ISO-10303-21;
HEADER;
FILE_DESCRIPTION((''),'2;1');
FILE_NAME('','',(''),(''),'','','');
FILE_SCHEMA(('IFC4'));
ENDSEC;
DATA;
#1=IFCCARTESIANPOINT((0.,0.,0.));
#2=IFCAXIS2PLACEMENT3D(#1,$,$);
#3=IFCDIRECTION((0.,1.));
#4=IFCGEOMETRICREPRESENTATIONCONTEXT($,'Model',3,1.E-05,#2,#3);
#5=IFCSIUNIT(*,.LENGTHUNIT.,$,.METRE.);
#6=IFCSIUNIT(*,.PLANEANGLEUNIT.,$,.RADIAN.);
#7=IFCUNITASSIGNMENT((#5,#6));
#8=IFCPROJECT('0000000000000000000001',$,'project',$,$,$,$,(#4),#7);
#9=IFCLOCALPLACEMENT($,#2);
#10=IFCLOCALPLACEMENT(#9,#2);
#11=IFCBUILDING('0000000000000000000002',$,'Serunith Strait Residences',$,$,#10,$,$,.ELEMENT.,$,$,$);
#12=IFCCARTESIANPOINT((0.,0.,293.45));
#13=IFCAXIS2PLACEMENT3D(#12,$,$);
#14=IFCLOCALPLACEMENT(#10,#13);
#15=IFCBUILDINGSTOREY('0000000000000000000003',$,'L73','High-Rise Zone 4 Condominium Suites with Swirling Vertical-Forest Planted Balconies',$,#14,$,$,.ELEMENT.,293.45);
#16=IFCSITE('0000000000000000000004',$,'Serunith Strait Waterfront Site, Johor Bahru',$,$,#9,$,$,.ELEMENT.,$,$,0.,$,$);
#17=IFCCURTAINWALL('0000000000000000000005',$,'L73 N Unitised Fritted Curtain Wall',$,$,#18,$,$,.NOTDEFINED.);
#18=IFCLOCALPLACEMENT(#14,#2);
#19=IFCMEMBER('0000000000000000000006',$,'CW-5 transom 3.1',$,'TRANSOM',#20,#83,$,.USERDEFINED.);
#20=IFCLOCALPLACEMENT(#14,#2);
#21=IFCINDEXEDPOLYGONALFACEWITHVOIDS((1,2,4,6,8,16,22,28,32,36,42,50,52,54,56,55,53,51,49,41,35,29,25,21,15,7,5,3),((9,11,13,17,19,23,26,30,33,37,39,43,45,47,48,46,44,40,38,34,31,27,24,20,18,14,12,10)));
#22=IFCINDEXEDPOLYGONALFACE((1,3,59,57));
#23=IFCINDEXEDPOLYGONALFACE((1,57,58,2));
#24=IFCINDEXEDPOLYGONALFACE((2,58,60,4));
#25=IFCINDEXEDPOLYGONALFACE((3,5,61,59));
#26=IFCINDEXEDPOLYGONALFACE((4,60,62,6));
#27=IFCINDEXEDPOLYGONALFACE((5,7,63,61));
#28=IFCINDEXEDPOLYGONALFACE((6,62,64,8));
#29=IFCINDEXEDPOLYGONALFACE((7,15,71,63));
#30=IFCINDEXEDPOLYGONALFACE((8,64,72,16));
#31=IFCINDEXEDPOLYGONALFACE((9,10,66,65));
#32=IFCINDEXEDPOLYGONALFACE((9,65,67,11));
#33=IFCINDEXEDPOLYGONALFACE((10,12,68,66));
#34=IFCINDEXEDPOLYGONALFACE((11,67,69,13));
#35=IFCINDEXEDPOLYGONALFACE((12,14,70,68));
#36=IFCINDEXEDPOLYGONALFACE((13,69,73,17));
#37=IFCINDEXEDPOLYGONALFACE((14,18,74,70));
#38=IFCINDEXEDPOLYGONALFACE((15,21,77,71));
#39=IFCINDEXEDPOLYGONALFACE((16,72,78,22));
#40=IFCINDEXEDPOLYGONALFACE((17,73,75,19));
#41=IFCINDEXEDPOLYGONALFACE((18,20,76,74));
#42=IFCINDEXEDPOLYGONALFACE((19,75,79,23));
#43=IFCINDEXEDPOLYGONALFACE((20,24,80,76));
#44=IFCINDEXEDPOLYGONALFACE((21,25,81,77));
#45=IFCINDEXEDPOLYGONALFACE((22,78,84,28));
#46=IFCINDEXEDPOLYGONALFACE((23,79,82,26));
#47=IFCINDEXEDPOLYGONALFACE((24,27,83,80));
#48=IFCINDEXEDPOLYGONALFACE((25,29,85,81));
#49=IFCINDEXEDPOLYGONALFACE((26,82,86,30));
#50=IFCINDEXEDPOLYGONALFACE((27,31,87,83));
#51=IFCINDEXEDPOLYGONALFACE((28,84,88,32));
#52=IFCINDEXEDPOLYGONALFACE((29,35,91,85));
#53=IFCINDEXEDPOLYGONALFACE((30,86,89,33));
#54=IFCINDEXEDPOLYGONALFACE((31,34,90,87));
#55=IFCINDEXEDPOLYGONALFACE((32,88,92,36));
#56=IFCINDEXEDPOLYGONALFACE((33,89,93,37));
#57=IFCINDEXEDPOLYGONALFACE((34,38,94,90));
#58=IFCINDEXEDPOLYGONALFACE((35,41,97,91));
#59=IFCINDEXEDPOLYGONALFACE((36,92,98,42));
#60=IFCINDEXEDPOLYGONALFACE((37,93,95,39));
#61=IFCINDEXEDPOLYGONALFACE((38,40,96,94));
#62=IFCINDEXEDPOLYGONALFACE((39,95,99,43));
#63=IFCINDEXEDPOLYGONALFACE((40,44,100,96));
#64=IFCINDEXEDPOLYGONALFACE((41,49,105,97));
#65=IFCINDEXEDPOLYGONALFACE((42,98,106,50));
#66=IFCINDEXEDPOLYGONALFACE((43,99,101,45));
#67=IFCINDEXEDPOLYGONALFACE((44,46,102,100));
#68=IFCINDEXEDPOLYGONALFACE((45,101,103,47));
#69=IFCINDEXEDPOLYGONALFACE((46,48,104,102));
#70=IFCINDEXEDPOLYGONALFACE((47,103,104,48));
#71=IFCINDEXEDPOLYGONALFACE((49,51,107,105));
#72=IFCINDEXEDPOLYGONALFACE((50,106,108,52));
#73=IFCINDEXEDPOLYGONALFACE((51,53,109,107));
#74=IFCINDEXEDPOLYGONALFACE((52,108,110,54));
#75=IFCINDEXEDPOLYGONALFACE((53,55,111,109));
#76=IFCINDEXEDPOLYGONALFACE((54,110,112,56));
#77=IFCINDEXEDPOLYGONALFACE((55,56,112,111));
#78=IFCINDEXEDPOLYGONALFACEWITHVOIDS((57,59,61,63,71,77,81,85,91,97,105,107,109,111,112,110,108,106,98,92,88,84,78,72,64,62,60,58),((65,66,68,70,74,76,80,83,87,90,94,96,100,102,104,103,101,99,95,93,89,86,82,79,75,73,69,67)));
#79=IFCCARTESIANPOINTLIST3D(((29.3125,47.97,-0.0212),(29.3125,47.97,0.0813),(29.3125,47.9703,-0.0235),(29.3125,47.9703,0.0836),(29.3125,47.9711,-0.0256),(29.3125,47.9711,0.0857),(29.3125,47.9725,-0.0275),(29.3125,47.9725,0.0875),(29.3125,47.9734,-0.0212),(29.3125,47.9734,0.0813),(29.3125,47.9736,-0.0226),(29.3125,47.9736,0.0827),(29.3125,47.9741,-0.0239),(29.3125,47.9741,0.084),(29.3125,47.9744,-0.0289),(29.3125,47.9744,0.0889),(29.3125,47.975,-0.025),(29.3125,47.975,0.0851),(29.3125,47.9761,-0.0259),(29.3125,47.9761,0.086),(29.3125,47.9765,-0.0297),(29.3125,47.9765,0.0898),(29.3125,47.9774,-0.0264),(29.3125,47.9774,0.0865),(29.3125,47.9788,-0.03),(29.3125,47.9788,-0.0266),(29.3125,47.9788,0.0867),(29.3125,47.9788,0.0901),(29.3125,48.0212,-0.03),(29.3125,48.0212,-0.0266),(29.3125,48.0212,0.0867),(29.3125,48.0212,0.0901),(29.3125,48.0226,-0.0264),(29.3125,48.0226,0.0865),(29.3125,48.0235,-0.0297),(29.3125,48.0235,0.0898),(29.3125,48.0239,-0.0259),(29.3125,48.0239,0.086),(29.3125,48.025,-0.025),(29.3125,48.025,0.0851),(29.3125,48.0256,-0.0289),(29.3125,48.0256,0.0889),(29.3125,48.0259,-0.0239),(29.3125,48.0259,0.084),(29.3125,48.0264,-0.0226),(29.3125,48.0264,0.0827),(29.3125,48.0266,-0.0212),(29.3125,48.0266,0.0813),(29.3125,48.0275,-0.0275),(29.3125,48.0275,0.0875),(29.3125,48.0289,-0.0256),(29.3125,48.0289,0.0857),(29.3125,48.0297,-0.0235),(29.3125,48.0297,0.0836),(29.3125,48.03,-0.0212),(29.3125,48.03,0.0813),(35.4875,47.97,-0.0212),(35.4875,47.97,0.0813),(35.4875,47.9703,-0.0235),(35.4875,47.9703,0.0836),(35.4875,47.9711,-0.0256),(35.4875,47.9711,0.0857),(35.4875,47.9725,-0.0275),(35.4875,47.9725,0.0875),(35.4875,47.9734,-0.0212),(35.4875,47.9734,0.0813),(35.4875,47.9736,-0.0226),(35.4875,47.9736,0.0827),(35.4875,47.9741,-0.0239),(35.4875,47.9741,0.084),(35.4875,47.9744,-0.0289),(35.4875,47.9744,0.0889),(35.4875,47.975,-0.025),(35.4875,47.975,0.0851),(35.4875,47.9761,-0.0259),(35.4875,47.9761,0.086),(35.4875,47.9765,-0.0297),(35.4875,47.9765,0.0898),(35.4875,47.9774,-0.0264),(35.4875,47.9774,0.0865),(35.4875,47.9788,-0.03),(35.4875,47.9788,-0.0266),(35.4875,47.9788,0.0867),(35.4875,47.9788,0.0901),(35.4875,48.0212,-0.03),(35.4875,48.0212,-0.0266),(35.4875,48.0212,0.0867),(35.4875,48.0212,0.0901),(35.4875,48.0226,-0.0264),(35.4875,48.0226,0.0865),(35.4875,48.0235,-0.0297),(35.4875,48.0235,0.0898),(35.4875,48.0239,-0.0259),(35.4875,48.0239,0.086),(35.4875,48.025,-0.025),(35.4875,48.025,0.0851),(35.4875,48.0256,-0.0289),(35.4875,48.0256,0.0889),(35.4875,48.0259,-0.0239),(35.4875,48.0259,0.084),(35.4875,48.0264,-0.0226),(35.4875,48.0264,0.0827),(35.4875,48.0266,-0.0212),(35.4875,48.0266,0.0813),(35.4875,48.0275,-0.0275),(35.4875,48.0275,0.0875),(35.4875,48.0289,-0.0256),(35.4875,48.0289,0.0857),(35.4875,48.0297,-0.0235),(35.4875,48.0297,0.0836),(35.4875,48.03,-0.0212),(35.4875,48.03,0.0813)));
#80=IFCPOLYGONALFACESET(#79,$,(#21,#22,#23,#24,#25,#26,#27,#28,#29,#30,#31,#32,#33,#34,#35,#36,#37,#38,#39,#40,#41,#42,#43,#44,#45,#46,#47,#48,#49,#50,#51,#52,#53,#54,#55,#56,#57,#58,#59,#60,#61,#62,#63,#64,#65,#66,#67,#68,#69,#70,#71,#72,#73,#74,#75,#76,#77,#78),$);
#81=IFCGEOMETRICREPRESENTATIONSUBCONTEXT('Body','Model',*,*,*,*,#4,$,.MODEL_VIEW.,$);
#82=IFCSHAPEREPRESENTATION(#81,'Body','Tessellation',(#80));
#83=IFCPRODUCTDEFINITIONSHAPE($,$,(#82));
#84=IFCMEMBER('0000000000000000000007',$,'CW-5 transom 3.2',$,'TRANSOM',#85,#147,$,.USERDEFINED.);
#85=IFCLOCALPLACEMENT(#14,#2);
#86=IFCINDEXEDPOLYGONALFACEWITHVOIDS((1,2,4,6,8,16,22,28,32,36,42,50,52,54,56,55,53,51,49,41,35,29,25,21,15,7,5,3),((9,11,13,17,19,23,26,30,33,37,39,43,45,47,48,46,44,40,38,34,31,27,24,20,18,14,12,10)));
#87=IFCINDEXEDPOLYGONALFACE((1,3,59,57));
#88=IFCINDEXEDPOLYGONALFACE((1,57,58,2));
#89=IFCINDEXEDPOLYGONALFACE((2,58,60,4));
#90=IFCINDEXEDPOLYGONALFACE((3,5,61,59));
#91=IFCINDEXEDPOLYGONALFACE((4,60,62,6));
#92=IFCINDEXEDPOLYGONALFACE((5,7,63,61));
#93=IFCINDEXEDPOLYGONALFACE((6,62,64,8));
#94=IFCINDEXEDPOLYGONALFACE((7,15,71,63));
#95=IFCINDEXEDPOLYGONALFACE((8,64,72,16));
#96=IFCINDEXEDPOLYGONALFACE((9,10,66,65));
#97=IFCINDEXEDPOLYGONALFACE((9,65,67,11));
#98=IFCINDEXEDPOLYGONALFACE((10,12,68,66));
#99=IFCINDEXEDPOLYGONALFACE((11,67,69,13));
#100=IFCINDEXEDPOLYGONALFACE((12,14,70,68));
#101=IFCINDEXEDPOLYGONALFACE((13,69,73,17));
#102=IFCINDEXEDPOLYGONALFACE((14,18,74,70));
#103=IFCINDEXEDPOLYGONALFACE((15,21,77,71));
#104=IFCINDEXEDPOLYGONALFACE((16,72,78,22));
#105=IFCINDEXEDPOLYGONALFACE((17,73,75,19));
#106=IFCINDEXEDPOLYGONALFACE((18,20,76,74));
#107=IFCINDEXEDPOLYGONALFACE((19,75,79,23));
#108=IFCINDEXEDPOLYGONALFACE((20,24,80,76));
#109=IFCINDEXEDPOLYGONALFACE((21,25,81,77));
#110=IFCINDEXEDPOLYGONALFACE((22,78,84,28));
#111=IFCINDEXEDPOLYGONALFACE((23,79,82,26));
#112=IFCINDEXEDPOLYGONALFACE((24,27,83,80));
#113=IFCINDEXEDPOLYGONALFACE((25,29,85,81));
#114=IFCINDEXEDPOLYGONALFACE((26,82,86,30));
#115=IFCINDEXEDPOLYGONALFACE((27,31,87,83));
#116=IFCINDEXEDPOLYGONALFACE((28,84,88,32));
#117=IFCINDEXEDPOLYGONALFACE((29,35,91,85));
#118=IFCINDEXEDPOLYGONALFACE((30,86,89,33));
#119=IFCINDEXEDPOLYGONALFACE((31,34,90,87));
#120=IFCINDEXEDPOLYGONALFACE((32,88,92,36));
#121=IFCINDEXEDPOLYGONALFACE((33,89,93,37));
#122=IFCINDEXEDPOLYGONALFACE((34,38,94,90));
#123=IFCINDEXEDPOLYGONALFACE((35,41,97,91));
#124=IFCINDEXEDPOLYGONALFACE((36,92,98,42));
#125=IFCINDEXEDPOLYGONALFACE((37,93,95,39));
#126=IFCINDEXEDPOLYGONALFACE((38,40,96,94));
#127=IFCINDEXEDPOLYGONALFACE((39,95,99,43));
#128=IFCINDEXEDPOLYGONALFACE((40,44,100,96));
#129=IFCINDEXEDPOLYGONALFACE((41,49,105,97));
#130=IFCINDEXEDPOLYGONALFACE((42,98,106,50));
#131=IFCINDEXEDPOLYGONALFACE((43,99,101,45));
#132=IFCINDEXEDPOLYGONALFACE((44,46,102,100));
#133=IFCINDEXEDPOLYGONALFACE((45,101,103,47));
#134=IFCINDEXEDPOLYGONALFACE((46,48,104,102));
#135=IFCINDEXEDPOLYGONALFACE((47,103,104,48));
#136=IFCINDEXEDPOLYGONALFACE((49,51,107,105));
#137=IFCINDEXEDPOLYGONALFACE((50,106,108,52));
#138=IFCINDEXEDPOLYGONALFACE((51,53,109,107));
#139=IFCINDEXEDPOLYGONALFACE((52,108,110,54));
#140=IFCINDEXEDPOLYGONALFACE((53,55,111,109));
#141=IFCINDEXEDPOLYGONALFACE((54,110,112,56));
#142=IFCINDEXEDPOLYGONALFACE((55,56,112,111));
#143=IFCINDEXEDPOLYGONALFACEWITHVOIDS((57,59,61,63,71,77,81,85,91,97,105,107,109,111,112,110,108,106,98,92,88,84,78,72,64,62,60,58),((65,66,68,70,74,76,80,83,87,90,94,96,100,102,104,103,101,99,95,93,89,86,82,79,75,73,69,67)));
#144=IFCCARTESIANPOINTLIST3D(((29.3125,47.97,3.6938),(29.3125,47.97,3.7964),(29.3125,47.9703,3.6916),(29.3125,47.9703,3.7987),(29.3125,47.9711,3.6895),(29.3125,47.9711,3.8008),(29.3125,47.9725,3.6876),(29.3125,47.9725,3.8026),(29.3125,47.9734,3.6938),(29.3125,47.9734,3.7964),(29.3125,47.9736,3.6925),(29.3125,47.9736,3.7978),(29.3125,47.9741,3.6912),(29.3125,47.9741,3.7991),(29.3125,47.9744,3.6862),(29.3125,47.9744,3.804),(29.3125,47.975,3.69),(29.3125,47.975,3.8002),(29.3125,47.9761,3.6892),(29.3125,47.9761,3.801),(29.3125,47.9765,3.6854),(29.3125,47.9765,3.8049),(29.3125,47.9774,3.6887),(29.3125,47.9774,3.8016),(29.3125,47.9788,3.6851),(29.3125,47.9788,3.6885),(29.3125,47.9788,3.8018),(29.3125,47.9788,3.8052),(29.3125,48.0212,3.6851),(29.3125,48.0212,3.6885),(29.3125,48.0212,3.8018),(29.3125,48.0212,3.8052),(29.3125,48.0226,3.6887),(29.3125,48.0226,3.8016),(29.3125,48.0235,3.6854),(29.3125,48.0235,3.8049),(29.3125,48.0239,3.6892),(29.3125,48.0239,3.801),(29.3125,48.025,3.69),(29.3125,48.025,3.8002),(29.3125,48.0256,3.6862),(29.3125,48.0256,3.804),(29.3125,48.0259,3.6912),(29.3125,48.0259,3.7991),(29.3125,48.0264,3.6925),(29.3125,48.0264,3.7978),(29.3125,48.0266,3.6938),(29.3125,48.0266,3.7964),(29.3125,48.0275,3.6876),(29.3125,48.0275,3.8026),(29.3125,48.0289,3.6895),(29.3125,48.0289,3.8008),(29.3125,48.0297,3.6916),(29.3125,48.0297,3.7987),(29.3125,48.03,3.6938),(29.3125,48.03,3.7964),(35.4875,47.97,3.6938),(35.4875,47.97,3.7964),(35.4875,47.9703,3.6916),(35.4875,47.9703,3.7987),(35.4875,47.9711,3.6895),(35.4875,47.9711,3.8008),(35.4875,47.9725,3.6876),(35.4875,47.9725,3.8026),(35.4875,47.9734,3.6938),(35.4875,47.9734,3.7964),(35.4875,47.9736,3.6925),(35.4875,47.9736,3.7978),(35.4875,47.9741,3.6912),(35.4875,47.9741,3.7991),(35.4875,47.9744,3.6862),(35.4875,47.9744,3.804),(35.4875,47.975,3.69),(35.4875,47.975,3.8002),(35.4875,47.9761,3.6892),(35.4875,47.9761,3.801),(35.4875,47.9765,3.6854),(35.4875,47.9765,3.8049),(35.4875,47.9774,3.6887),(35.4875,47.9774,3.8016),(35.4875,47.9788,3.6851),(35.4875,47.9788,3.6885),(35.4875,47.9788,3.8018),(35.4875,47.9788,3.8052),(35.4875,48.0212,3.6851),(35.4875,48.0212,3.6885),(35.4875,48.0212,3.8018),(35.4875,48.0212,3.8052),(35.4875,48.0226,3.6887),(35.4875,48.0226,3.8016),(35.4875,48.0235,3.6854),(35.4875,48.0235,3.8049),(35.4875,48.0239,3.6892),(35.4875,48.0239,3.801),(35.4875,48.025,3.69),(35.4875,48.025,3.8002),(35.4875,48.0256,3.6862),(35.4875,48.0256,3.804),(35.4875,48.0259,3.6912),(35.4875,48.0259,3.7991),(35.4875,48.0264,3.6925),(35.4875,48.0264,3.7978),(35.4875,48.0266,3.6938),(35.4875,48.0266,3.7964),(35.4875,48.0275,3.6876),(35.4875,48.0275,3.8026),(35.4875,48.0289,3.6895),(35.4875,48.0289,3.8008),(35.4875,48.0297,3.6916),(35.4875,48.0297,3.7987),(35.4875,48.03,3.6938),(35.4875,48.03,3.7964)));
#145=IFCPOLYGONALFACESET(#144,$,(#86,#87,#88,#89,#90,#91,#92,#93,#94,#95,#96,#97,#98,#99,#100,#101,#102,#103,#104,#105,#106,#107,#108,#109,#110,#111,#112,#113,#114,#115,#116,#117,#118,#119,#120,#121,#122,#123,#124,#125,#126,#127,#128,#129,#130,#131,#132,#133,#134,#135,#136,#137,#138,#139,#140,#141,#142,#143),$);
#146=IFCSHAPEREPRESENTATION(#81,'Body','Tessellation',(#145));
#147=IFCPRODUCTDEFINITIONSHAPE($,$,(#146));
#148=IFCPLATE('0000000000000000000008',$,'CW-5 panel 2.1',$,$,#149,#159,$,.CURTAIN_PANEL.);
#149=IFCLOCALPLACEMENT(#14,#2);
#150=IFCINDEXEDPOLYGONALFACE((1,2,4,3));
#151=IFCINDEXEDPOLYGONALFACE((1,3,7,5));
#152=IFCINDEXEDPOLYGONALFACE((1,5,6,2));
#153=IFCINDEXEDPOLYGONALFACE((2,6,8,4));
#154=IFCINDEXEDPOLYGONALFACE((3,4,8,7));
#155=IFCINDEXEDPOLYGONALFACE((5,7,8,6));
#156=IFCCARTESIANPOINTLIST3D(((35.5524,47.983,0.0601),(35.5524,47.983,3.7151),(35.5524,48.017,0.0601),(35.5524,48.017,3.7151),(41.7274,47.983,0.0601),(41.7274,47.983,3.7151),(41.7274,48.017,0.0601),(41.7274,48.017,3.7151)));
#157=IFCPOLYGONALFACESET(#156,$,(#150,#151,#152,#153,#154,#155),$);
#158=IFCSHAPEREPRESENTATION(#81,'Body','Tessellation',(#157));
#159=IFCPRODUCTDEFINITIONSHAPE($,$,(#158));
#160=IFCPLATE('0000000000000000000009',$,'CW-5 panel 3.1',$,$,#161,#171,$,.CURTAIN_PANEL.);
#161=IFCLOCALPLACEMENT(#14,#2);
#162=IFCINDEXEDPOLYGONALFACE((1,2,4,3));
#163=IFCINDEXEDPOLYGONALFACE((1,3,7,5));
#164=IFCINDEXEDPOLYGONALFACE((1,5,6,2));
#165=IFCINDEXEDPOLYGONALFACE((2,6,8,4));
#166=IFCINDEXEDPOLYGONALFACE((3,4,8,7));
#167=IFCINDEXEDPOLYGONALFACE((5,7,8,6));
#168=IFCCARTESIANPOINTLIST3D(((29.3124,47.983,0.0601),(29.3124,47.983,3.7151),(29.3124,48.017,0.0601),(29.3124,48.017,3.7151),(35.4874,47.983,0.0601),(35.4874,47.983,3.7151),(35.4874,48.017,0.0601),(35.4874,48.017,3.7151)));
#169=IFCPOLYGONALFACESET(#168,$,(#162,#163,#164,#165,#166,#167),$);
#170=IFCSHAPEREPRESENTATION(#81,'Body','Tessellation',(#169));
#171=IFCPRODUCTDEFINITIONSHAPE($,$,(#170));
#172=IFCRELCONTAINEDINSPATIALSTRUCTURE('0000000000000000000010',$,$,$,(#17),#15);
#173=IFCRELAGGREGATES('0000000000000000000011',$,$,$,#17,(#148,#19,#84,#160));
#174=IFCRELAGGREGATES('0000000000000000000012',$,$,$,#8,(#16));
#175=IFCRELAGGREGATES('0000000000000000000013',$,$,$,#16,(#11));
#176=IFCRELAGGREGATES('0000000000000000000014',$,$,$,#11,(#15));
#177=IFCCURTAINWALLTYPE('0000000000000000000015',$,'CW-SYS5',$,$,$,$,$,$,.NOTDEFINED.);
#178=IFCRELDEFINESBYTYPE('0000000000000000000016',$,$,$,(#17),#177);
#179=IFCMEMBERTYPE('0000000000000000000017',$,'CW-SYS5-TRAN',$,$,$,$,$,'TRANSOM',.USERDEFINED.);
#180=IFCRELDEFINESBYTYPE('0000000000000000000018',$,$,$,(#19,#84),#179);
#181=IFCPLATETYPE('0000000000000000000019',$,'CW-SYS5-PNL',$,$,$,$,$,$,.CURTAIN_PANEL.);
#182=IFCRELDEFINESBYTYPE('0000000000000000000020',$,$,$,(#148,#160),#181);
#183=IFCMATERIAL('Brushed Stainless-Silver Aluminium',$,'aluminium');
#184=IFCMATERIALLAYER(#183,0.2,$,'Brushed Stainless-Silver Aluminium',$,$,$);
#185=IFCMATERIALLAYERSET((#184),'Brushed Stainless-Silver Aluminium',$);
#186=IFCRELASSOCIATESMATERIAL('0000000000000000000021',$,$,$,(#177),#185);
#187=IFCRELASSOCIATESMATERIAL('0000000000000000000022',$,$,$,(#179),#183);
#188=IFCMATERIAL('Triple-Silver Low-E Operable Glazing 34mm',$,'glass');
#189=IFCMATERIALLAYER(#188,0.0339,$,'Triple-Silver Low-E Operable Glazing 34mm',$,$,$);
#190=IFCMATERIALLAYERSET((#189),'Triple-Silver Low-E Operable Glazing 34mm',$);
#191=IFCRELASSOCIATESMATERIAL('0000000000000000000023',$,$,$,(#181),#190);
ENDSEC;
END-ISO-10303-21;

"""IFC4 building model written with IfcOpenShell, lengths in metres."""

from ifc_helpers import new_model, si_unit, direction, frame, origin, origin_2d, place, context, subcontext, project, spatial, rectangle, hollow_rectangle, extrude, source, transform, mapped, material, layer, layer_set, material_profile, profile_set, type_object, element, aggregate, save


model = new_model("IFC4")

# Units and contexts
model_context = context("Model", 3, precision=1e-05, world=origin(), true_north=direction((0.0, 1.0)))
body_context = subcontext(model_context, "Body", "Model", "MODEL_VIEW")
ifc_project = project(units=[si_unit("LENGTHUNIT", "METRE"), si_unit("PLANEANGLEUNIT", "RADIAN")], contexts=[model_context])

# Site, building, storey
site_placement = place(None, origin())
site = spatial("IfcSite", under=ifc_project, at=site_placement, Name="Serunith Strait Waterfront Site, Johor Bahru", CompositionType="ELEMENT", RefElevation=0.0)
building_placement = place(site_placement, origin())
building = spatial("IfcBuilding", under=site, at=building_placement, Name="Serunith Strait Residences", CompositionType="ELEMENT")
storey_placement = place(building_placement, frame((0.0, 0.0, 293.45)))
storey = spatial("IfcBuildingStorey", under=building, at=storey_placement, Name="L73", Description="High-Rise Zone 4 Condominium Suites with Swirling Vertical-Forest Planted Balconies", CompositionType="ELEMENT", Elevation=293.45)

# Curtain wall, members, plates
ifc_material_1 = material(Name="Brushed Stainless-Silver Aluminium", Category="aluminium")
ifc_layer_1 = layer(ifc_material_1, 0.2, Name="Brushed Stainless-Silver Aluminium")
ifc_layer_set_1 = layer_set([ifc_layer_1], Name="Brushed Stainless-Silver Aluminium")
curtain_wall_type = type_object("IfcCurtainWallType", Name="CW-SYS5", PredefinedType="NOTDEFINED", material=ifc_layer_set_1)
curtain_wall_placement = place(storey_placement, origin())
curtain_wall = element("IfcCurtainWall", 1, at=curtain_wall_placement, inside=storey, type_object=curtain_wall_type, Name="L73 N Unitised Fritted Curtain Wall", PredefinedType="NOTDEFINED")
ifc_material_profile_1 = material_profile(ifc_material_1, hollow_rectangle(XDim=0.0601, YDim=0.1201, WallThickness=0.0034, InnerFilletRadius=0.0054, OuterFilletRadius=0.0088, at=origin_2d()), Name="ALU 120x60x3.5")
ifc_profile_set_1 = profile_set([ifc_material_profile_1], Name="Brushed Stainless-Silver Aluminium")
member_type_1 = type_object("IfcMemberType", Name="CW-SYS5-TRAN", ElementType="TRANSOM", PredefinedType="USERDEFINED", material=ifc_profile_set_1)
shared_shape_1 = source(origin(), body_context, "Body", "SweptSolid", [
    extrude(hollow_rectangle(XDim=0.0601, YDim=0.1201, WallThickness=0.0034, InnerFilletRadius=0.0054, OuterFilletRadius=0.0088, at=origin_2d()), origin(), (0.0, 0.0, 1.0), 6.175),
])
member_1_placement = place(storey_placement, frame((35.4875, 48.0, 0.03), z_axis=(-1.0, 0.0, 0.0), x_axis=(0.0, -1.0, 0.0)))
member_1 = element("IfcMember", 2, at=member_1_placement, type_object=member_type_1, Name="CW-5 transom 3.1", ObjectType="TRANSOM", PredefinedType="USERDEFINED", context=body_context, shape_type="MappedRepresentation", body=[
    mapped(shared_shape_1, transform((0.0, 0.0, 0.0), scale=1.0)),
])
member_2_placement = place(storey_placement, frame((35.4875, 48.0, 3.7451), z_axis=(-1.0, 0.0, 0.0), x_axis=(0.0, -1.0, 0.0)))
member_2 = element("IfcMember", 3, at=member_2_placement, type_object=member_type_1, Name="CW-5 transom 3.2", ObjectType="TRANSOM", PredefinedType="USERDEFINED", context=body_context, shape_type="MappedRepresentation", body=[
    mapped(shared_shape_1, transform((0.0, 0.0, 0.0), scale=1.0)),
])
ifc_material_2 = material(Name="Triple-Silver Low-E Operable Glazing 34mm", Category="glass")
ifc_layer_2 = layer(ifc_material_2, 0.0339, Name="Triple-Silver Low-E Operable Glazing 34mm")
ifc_layer_set_2 = layer_set([ifc_layer_2], Name="Triple-Silver Low-E Operable Glazing 34mm")
plate_type = type_object("IfcPlateType", Name="CW-SYS5-PNL", PredefinedType="CURTAIN_PANEL", material=ifc_layer_set_2)
shared_shape_2 = source(origin(), body_context, "Body", "SweptSolid", [
    extrude(rectangle(XDim=6.175, YDim=0.0339, at=origin_2d()), origin(), (0.0, 0.0, 1.0), 3.655),
])
plate_1_placement = place(storey_placement, frame((38.6399, 48.0, 0.0601), z_axis=(0.0, 0.0, 1.0), x_axis=(-1.0, 0.0, 0.0)))
plate_1 = element("IfcPlate", 4, at=plate_1_placement, type_object=plate_type, Name="CW-5 panel 2.1", PredefinedType="CURTAIN_PANEL", context=body_context, shape_type="MappedRepresentation", body=[
    mapped(shared_shape_2, transform((0.0, 0.0, 0.0), scale=1.0)),
])
plate_2_placement = place(storey_placement, frame((32.3999, 48.0, 0.0601), z_axis=(0.0, 0.0, 1.0), x_axis=(-1.0, 0.0, 0.0)))
plate_2 = element("IfcPlate", 5, at=plate_2_placement, type_object=plate_type, Name="CW-5 panel 3.1", PredefinedType="CURTAIN_PANEL", context=body_context, shape_type="MappedRepresentation", body=[
    mapped(shared_shape_2, transform((0.0, 0.0, 0.0), scale=1.0)),
])
aggregate(curtain_wall, [plate_1, member_1, member_2, plate_2])

save(model, "model.ifc")
